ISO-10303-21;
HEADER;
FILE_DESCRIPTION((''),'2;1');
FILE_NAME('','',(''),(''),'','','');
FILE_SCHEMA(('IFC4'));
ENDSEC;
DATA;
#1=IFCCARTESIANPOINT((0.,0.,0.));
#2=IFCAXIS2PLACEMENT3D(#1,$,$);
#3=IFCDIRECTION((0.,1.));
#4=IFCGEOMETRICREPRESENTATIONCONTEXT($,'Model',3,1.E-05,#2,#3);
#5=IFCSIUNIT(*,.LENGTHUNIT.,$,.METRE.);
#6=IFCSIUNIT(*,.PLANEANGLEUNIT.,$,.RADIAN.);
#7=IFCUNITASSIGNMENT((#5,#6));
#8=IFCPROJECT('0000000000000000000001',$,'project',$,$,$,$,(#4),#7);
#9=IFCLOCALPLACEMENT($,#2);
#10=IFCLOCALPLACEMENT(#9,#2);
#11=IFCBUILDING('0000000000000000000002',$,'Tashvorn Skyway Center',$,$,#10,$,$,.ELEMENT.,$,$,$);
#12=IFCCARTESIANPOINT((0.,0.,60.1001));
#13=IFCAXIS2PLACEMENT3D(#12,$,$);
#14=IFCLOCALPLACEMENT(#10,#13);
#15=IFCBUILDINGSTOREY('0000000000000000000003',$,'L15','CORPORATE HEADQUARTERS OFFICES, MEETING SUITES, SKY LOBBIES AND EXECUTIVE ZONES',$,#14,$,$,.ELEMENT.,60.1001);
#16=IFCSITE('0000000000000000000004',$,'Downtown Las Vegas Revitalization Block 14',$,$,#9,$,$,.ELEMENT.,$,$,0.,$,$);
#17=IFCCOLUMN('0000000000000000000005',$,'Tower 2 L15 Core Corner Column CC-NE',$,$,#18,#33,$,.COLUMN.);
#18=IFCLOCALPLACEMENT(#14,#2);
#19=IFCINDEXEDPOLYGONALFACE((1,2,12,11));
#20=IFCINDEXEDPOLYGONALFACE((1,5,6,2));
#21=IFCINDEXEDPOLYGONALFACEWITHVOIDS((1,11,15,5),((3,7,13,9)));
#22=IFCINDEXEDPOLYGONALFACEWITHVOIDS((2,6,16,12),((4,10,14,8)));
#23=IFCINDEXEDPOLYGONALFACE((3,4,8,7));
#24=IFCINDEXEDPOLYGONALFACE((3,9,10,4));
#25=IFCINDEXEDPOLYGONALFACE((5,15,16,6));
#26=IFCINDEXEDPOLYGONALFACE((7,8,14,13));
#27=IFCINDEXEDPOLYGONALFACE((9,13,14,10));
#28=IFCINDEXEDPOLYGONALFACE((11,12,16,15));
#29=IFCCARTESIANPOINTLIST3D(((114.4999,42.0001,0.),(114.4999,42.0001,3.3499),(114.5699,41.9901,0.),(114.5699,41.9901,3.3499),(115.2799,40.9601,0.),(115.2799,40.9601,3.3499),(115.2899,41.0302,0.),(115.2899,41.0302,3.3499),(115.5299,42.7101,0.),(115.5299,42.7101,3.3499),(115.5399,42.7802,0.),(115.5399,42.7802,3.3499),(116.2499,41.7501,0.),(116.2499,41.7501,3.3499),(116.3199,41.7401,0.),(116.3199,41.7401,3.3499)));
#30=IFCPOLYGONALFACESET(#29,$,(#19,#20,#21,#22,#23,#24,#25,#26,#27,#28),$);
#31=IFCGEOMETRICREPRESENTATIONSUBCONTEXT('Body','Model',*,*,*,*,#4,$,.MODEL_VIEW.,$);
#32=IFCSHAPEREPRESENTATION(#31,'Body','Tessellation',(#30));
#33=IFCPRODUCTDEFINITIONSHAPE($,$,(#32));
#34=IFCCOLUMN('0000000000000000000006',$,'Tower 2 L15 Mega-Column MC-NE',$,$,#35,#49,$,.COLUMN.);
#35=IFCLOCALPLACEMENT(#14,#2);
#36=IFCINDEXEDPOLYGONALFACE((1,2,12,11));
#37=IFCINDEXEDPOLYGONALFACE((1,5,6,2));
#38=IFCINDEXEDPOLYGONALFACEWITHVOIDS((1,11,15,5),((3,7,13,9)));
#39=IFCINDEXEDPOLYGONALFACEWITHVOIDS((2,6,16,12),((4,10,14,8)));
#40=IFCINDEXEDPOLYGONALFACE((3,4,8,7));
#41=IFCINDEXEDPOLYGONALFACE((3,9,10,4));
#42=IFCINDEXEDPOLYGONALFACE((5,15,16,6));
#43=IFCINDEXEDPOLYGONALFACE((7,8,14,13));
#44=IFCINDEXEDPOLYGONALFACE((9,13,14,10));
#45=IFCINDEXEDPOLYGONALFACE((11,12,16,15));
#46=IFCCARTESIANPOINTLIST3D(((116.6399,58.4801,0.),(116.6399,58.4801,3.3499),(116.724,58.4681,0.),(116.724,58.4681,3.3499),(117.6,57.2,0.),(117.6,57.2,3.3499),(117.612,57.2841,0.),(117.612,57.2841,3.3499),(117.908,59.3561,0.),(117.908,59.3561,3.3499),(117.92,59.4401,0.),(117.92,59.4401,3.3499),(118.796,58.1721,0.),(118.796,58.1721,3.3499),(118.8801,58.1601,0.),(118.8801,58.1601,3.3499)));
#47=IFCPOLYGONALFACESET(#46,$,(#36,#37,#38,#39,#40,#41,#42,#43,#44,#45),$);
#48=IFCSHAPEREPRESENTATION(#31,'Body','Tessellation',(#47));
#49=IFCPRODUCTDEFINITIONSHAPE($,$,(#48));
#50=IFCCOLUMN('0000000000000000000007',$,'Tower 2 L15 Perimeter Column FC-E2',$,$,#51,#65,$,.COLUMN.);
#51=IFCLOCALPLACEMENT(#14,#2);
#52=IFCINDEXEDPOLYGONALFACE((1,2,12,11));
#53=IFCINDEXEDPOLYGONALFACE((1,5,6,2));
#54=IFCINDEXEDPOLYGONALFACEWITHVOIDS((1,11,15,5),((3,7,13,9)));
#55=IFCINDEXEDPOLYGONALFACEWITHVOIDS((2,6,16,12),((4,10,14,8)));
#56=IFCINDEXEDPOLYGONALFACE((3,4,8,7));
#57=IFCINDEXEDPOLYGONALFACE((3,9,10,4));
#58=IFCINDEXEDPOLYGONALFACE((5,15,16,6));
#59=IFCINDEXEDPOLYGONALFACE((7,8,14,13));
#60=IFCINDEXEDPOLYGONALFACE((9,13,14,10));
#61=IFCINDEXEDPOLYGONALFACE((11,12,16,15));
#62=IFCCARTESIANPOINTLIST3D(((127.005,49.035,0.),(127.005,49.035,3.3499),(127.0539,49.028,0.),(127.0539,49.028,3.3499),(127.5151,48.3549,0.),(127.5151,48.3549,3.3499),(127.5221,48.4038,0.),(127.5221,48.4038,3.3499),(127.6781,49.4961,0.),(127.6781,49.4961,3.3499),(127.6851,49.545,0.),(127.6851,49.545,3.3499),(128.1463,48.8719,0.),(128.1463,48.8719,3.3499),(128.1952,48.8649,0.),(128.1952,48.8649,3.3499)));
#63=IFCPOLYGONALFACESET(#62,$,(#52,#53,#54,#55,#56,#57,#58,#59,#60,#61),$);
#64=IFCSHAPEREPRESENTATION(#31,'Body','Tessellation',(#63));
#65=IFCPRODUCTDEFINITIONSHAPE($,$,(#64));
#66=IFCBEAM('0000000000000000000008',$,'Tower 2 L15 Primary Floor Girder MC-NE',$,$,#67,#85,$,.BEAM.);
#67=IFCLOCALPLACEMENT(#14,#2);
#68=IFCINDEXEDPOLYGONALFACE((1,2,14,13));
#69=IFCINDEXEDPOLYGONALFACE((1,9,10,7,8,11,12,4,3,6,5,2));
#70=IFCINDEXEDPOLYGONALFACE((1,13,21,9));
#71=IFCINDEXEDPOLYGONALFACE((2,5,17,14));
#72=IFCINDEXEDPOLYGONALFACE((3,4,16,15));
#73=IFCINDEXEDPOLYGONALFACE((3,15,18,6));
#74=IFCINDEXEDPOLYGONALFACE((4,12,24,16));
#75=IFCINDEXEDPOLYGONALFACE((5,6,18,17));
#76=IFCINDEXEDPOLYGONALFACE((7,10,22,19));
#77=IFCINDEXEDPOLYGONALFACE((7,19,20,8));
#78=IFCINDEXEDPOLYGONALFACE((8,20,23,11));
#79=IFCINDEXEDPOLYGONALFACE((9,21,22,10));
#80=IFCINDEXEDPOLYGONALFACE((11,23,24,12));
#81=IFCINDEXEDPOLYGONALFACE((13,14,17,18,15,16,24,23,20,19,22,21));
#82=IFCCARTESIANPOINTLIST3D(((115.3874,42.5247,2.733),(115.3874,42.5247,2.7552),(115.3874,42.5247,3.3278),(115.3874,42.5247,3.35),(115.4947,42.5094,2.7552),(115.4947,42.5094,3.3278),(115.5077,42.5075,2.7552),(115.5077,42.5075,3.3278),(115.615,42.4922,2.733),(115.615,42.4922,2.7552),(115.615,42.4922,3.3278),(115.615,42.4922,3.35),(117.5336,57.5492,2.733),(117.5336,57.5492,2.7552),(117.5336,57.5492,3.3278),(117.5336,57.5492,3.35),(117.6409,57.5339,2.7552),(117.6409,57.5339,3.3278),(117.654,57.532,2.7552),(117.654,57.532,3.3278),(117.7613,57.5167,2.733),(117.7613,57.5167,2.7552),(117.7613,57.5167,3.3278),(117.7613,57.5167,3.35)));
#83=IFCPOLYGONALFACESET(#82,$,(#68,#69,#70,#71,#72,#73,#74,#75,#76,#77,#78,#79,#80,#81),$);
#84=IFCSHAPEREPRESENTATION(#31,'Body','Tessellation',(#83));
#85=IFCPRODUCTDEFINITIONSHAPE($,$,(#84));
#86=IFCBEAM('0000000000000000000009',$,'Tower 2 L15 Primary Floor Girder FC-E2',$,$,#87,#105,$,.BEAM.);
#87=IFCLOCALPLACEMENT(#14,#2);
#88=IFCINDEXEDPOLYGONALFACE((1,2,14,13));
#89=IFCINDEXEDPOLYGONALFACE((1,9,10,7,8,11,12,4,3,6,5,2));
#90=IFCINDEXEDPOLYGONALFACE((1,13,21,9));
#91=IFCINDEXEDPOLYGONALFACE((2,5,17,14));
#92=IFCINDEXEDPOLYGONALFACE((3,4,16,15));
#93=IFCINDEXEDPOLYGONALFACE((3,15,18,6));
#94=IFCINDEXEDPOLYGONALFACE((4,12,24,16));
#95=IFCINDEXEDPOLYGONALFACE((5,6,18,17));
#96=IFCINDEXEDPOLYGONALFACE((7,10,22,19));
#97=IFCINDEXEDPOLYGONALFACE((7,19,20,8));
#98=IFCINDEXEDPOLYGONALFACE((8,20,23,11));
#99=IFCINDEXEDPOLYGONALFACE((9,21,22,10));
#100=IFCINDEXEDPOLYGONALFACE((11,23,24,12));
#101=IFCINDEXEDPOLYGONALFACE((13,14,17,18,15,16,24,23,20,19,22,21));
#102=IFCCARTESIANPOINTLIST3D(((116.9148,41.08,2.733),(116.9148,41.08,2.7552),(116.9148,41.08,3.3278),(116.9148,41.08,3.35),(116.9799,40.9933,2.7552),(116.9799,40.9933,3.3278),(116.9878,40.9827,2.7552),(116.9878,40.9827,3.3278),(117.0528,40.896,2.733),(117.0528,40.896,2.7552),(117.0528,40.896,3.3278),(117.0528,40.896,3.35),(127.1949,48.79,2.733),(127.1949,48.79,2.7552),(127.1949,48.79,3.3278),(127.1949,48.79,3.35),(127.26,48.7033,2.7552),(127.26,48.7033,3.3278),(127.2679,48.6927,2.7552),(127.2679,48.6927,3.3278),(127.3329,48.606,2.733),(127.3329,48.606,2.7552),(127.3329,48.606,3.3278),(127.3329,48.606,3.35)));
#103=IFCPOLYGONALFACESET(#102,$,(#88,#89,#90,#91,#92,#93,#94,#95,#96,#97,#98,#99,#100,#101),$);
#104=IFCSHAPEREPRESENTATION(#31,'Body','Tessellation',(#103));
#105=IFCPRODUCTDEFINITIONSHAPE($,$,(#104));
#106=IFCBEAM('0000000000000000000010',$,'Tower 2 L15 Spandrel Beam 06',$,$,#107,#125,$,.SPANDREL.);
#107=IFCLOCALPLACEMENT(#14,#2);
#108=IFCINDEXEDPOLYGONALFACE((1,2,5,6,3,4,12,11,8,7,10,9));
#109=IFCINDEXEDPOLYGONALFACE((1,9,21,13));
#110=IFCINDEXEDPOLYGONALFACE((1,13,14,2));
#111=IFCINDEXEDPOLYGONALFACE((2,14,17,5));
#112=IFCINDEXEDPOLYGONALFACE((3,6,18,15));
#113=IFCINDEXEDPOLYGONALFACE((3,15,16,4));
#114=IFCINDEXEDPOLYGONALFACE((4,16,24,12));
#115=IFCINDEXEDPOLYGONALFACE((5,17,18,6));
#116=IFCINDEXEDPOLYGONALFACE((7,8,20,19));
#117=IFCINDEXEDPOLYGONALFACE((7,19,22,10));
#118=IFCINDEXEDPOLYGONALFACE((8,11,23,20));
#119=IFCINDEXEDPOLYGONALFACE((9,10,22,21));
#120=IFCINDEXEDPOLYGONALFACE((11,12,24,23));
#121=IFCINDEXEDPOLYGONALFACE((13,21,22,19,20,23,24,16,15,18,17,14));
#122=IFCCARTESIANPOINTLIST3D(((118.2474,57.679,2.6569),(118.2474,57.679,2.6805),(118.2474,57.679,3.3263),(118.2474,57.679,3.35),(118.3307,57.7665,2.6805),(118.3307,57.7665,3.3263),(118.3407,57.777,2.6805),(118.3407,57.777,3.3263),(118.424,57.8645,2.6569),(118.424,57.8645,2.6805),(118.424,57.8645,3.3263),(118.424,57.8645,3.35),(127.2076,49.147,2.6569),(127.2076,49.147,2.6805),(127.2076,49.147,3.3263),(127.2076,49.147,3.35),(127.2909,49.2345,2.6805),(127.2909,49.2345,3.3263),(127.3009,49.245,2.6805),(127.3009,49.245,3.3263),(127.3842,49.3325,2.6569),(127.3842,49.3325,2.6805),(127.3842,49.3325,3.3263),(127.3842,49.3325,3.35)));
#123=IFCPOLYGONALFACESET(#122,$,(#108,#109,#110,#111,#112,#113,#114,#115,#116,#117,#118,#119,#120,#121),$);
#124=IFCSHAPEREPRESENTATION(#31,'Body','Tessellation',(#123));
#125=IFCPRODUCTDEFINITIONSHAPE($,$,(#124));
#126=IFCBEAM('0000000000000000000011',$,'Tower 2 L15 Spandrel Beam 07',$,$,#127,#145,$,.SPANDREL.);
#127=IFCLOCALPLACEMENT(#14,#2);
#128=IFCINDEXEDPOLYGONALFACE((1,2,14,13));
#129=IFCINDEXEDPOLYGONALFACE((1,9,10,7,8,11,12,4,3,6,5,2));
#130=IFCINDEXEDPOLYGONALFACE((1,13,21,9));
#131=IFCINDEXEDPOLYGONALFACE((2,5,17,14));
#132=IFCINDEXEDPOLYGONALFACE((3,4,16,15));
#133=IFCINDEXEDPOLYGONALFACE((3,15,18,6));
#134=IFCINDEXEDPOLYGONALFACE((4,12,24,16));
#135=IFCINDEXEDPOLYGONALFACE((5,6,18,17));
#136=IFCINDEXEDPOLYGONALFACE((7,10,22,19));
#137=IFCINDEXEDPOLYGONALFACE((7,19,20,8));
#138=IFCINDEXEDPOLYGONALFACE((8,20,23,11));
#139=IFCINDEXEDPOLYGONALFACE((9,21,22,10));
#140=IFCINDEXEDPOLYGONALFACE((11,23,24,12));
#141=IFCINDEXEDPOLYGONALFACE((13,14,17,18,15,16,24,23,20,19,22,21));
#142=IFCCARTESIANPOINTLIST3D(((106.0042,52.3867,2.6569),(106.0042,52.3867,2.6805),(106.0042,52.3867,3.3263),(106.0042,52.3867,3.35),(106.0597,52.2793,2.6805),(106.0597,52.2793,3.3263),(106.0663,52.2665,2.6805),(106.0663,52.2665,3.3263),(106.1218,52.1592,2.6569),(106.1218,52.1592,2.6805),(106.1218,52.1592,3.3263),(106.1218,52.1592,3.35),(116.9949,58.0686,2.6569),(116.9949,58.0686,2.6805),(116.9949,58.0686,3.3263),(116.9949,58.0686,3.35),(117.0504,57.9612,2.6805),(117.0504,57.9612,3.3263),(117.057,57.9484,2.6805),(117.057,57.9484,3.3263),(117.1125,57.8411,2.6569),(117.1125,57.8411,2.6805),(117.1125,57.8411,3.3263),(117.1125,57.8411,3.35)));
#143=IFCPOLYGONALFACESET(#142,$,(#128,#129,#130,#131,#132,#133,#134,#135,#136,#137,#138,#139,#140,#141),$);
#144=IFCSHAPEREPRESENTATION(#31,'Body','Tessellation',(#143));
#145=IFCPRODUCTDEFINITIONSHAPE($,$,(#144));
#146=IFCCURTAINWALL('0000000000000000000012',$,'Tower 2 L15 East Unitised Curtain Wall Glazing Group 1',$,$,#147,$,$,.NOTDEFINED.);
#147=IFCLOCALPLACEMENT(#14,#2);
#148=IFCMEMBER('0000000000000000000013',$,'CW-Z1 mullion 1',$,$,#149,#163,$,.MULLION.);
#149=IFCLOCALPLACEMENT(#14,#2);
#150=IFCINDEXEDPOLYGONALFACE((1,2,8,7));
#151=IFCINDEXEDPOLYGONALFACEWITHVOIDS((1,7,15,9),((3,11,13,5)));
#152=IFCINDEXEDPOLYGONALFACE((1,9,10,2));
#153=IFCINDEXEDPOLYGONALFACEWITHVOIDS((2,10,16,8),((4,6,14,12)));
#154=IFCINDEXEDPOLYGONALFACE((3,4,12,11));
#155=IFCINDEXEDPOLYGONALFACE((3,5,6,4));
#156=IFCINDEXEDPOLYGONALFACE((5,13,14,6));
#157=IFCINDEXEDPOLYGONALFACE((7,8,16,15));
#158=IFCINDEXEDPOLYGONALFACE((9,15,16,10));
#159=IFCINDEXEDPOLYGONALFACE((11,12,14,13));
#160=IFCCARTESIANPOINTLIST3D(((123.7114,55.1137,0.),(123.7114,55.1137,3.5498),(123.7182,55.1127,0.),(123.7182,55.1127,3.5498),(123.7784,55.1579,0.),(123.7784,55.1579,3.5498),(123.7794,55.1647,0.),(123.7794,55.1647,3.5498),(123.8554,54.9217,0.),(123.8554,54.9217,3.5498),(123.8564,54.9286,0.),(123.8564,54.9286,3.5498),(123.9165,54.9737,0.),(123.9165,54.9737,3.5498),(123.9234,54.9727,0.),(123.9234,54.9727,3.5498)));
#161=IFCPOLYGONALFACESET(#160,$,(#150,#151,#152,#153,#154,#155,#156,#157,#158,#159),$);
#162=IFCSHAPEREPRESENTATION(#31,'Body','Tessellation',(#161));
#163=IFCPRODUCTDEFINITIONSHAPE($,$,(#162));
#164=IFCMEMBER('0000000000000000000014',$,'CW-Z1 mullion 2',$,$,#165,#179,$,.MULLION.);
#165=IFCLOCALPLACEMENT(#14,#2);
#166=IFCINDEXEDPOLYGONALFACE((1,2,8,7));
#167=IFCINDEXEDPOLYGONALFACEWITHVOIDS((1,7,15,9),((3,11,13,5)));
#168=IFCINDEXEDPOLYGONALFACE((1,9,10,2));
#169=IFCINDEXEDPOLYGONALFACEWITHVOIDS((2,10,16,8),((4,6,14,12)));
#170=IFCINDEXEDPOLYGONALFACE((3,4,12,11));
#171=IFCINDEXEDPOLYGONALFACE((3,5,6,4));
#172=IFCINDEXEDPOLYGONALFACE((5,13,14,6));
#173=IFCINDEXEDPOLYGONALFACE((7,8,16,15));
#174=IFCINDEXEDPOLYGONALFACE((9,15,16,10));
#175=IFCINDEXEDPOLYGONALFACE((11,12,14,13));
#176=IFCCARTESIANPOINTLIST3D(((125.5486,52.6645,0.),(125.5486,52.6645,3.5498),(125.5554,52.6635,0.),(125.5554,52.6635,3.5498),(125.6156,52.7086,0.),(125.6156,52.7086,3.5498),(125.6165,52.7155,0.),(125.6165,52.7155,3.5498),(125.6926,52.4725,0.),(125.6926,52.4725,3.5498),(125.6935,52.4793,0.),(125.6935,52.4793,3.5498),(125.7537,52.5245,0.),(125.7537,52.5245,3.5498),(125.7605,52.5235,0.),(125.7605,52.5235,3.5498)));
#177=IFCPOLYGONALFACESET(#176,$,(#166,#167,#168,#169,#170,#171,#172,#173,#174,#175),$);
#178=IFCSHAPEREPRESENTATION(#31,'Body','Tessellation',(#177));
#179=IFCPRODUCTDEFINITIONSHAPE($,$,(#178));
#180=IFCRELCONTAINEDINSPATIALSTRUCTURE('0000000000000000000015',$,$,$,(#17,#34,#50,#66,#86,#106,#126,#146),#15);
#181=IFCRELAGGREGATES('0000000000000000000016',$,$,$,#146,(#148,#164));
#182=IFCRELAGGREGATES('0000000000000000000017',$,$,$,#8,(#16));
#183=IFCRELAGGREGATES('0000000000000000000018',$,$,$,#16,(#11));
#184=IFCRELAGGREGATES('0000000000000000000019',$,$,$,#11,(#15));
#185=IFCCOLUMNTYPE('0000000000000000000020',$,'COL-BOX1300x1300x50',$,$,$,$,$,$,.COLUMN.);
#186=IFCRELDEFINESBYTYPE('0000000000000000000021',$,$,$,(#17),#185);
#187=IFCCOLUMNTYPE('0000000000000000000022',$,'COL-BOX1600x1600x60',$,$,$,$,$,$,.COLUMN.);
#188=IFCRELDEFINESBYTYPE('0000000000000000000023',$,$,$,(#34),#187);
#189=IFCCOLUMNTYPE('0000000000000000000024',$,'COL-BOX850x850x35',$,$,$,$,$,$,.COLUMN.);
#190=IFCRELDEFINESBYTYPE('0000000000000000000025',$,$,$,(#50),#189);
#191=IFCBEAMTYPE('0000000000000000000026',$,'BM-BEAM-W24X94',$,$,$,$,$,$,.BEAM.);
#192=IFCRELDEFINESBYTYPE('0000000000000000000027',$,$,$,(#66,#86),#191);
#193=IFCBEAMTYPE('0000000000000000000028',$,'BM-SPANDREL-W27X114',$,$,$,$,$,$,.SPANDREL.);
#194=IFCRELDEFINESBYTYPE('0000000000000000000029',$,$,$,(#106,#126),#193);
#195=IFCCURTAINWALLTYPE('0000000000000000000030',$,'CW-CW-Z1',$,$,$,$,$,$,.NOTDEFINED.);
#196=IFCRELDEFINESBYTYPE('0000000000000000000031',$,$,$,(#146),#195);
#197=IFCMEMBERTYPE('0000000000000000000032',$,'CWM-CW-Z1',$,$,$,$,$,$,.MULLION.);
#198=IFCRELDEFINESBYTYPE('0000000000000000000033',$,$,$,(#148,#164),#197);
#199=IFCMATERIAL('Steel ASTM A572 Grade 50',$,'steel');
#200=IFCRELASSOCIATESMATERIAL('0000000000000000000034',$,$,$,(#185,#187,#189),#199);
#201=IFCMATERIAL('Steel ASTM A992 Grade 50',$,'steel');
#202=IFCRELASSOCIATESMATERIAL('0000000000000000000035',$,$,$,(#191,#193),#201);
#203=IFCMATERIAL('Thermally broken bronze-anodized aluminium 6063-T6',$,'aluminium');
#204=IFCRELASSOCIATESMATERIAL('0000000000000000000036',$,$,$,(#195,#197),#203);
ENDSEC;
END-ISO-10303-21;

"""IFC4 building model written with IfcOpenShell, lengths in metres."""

from ifc_helpers import new_model, si_unit, direction, frame, origin, origin_2d, place, context, subcontext, project, spatial, hollow_rectangle, i_section, extrude, material, material_profile, profile_set, type_object, element, aggregate, save


model = new_model("IFC4")

# Units and contexts
model_context = context("Model", 3, precision=1e-05, world=origin(), true_north=direction((0.0, 1.0)))
body_context = subcontext(model_context, "Body", "Model", "MODEL_VIEW")
ifc_project = project(units=[si_unit("LENGTHUNIT", "METRE"), si_unit("PLANEANGLEUNIT", "RADIAN")], contexts=[model_context])

# Site, building, storey
site_placement = place(None, origin())
site = spatial("IfcSite", under=ifc_project, at=site_placement, Name="Downtown Las Vegas Revitalization Block 14", CompositionType="ELEMENT", RefElevation=0.0)
building_placement = place(site_placement, origin())
building = spatial("IfcBuilding", under=site, at=building_placement, Name="Tashvorn Skyway Center", CompositionType="ELEMENT")
storey_placement = place(building_placement, frame((0.0, 0.0, 60.1001)))
storey = spatial("IfcBuildingStorey", under=building, at=storey_placement, Name="L15", Description="CORPORATE HEADQUARTERS OFFICES, MEETING SUITES, SKY LOBBIES AND EXECUTIVE ZONES", CompositionType="ELEMENT", Elevation=60.1001)

# Columns
ifc_material_1 = material(Name="Steel ASTM A572 Grade 50", Category="steel")
ifc_material_profile_1 = material_profile(ifc_material_1, hollow_rectangle(XDim=1.3, YDim=1.3, WallThickness=0.05, at=origin_2d()), Name="BOX1300x1300x50")
ifc_profile_set_1 = profile_set([ifc_material_profile_1], Name="Steel ASTM A572 Grade 50")
column_type_1 = type_object("IfcColumnType", Name="COL-BOX1300x1300x50", PredefinedType="COLUMN", material=ifc_profile_set_1)
column_1_placement = place(storey_placement, frame((115.4099, 41.8701, 0.0), z_axis=(0.0, 0.0, 1.0), x_axis=(0.8, 0.6, 0.0)))
element("IfcColumn", 1, at=column_1_placement, inside=storey, type_object=column_type_1, Name="Tower 2 L15 Core Corner Column CC-NE", PredefinedType="COLUMN", context=body_context, shape_type="SweptSolid", body=[
    extrude(hollow_rectangle(XDim=1.3, YDim=1.3, WallThickness=0.05, at=origin_2d()), origin(), (0.0, 0.0, 1.0), 3.3499),
])
ifc_material_profile_2 = material_profile(ifc_material_1, hollow_rectangle(XDim=1.6001, YDim=1.6001, WallThickness=0.0601, at=origin_2d()), Name="BOX1600x1600x60")
ifc_profile_set_2 = profile_set([ifc_material_profile_2], Name="Steel ASTM A572 Grade 50")
column_type_2 = type_object("IfcColumnType", Name="COL-BOX1600x1600x60", PredefinedType="COLUMN", material=ifc_profile_set_2)
column_2_placement = place(storey_placement, frame((117.76, 58.3201, 0.0), z_axis=(0.0, 0.0, 1.0), x_axis=(0.8, 0.6, 0.0)))
element("IfcColumn", 2, at=column_2_placement, inside=storey, type_object=column_type_2, Name="Tower 2 L15 Mega-Column MC-NE", PredefinedType="COLUMN", context=body_context, shape_type="SweptSolid", body=[
    extrude(hollow_rectangle(XDim=1.6001, YDim=1.6001, WallThickness=0.0601, at=origin_2d()), origin(), (0.0, 0.0, 1.0), 3.3499),
])
ifc_material_profile_3 = material_profile(ifc_material_1, hollow_rectangle(XDim=0.8501, YDim=0.8501, WallThickness=0.0349, at=origin_2d()), Name="BOX850x850x35")
ifc_profile_set_3 = profile_set([ifc_material_profile_3], Name="Steel ASTM A572 Grade 50")
column_type_3 = type_object("IfcColumnType", Name="COL-BOX850x850x35", PredefinedType="COLUMN", material=ifc_profile_set_3)
column_3_placement = place(storey_placement, frame((127.6001, 48.95, 0.0), z_axis=(0.0, 0.0, 1.0), x_axis=(0.8, 0.6, 0.0)))
element("IfcColumn", 3, at=column_3_placement, inside=storey, type_object=column_type_3, Name="Tower 2 L15 Perimeter Column FC-E2", PredefinedType="COLUMN", context=body_context, shape_type="SweptSolid", body=[
    extrude(hollow_rectangle(XDim=0.8501, YDim=0.8501, WallThickness=0.0349, at=origin_2d()), origin(), (0.0, 0.0, 1.0), 3.3499),
])

# Beams
ifc_material_2 = material(Name="Steel ASTM A992 Grade 50", Category="steel")
ifc_material_profile_4 = material_profile(ifc_material_2, i_section(OverallWidth=0.23, OverallDepth=0.6169, WebThickness=0.0132, FlangeThickness=0.0222, at=origin_2d()), Name="W24X94")
ifc_profile_set_4 = profile_set([ifc_material_profile_4], Name="Steel ASTM A992 Grade 50")
beam_type_1 = type_object("IfcBeamType", Name="BM-BEAM-W24X94", PredefinedType="BEAM", material=ifc_profile_set_4)
beam_1_placement = place(storey_placement, frame((117.6475, 57.533, 3.0415), z_axis=(-0.141415, -0.98995, 0.0), x_axis=(0.98995, -0.141415, 0.0)))
element("IfcBeam", 4, at=beam_1_placement, inside=storey, type_object=beam_type_1, Name="Tower 2 L15 Primary Floor Girder MC-NE", PredefinedType="BEAM", context=body_context, shape_type="SweptSolid", body=[
    extrude(i_section(OverallWidth=0.23, OverallDepth=0.6169, WebThickness=0.0132, FlangeThickness=0.0222, at=origin_2d()), origin(), (0.0, 0.0, 1.0), 15.177),
])
beam_2_placement = place(storey_placement, frame((127.2639, 48.698, 3.0415), z_axis=(-0.800002, -0.599997, 0.0), x_axis=(0.599997, -0.800002, 0.0)))
element("IfcBeam", 5, at=beam_2_placement, inside=storey, type_object=beam_type_1, Name="Tower 2 L15 Primary Floor Girder FC-E2", PredefinedType="BEAM", context=body_context, shape_type="SweptSolid", body=[
    extrude(i_section(OverallWidth=0.23, OverallDepth=0.6169, WebThickness=0.0132, FlangeThickness=0.0222, at=origin_2d()), origin(), (0.0, 0.0, 1.0), 12.8501),
])
ifc_material_profile_5 = material_profile(ifc_material_2, i_section(OverallWidth=0.2561, OverallDepth=0.6931, WebThickness=0.0144, FlangeThickness=0.0237, at=origin_2d()), Name="W27X114")
ifc_profile_set_5 = profile_set([ifc_material_profile_5], Name="Steel ASTM A992 Grade 50")
beam_type_2 = type_object("IfcBeamType", Name="BM-SPANDREL-W27X114", PredefinedType="SPANDREL", material=ifc_profile_set_5)
for number, where, z_axis, x_axis, name in (
    (6, (127.2959, 49.2397, 3.0034), (-0.7242, 0.68959, 0.0), (-0.68959, -0.7242, 0.0), "Tower 2 L15 Spandrel Beam 06"),
    (7, (117.0537, 57.9548, 3.0034), (-0.888316, -0.459233, 0.0), (0.459233, -0.888316, 0.0), "Tower 2 L15 Spandrel Beam 07"),
):
    element("IfcBeam", number, at=place(storey_placement, frame(where, z_axis=z_axis, x_axis=x_axis)), inside=storey, type_object=beam_type_2, Name=name, PredefinedType="SPANDREL", context=body_context, shape_type="SweptSolid", body=[
        extrude(i_section(OverallWidth=0.2561, OverallDepth=0.6931, WebThickness=0.0144, FlangeThickness=0.0237, at=origin_2d()), origin(), (0.0, 0.0, 1.0), 12.3726),
    ])

# Curtain wall, members
ifc_material_3 = material(Name="Thermally broken bronze-anodized aluminium 6063-T6", Category="aluminium")
curtain_wall_type = type_object("IfcCurtainWallType", Name="CW-CW-Z1", PredefinedType="NOTDEFINED", material=ifc_material_3)
curtain_wall_1_placement = place(storey_placement, origin())
curtain_wall_1 = element("IfcCurtainWall", 8, at=curtain_wall_1_placement, inside=storey, type_object=curtain_wall_type, Name="Tower 2 L15 East Unitised Curtain Wall Glazing Group 1", PredefinedType="NOTDEFINED")
ifc_material_profile_6 = material_profile(ifc_material_3, hollow_rectangle(XDim=0.085, YDim=0.24, WallThickness=0.0049, at=origin_2d()), Name="ALU-MULL-85x240")
ifc_profile_set_6 = profile_set([ifc_material_profile_6], Name="Thermally broken bronze-anodized aluminium 6063-T6")
member_type_1 = type_object("IfcMemberType", Name="CWM-CW-Z1", PredefinedType="MULLION", material=ifc_profile_set_6)
member_1_placement = place(storey_placement, frame((123.8174, 55.0432, 0.0), z_axis=(0.0, 0.0, 1.0), x_axis=(0.799996, 0.600005, 0.0)))
member_1 = element("IfcMember", 9, at=member_1_placement, type_object=member_type_1, Name="CW-Z1 mullion 1", PredefinedType="MULLION", context=body_context, shape_type="SweptSolid", body=[
    extrude(hollow_rectangle(XDim=0.085, YDim=0.24, WallThickness=0.0049, at=origin_2d()), origin(), (0.0, 0.0, 1.0), 3.5498),
])
member_2_placement = place(storey_placement, frame((125.6545, 52.594, 0.0), z_axis=(0.0, 0.0, 1.0), x_axis=(0.799996, 0.600005, 0.0)))
member_2 = element("IfcMember", 10, at=member_2_placement, type_object=member_type_1, Name="CW-Z1 mullion 2", PredefinedType="MULLION", context=body_context, shape_type="SweptSolid", body=[
    extrude(hollow_rectangle(XDim=0.085, YDim=0.24, WallThickness=0.0049, at=origin_2d()), origin(), (0.0, 0.0, 1.0), 3.5498),
])

aggregate(curtain_wall_1, [member_1, member_2])

save(model, "model.ifc")
